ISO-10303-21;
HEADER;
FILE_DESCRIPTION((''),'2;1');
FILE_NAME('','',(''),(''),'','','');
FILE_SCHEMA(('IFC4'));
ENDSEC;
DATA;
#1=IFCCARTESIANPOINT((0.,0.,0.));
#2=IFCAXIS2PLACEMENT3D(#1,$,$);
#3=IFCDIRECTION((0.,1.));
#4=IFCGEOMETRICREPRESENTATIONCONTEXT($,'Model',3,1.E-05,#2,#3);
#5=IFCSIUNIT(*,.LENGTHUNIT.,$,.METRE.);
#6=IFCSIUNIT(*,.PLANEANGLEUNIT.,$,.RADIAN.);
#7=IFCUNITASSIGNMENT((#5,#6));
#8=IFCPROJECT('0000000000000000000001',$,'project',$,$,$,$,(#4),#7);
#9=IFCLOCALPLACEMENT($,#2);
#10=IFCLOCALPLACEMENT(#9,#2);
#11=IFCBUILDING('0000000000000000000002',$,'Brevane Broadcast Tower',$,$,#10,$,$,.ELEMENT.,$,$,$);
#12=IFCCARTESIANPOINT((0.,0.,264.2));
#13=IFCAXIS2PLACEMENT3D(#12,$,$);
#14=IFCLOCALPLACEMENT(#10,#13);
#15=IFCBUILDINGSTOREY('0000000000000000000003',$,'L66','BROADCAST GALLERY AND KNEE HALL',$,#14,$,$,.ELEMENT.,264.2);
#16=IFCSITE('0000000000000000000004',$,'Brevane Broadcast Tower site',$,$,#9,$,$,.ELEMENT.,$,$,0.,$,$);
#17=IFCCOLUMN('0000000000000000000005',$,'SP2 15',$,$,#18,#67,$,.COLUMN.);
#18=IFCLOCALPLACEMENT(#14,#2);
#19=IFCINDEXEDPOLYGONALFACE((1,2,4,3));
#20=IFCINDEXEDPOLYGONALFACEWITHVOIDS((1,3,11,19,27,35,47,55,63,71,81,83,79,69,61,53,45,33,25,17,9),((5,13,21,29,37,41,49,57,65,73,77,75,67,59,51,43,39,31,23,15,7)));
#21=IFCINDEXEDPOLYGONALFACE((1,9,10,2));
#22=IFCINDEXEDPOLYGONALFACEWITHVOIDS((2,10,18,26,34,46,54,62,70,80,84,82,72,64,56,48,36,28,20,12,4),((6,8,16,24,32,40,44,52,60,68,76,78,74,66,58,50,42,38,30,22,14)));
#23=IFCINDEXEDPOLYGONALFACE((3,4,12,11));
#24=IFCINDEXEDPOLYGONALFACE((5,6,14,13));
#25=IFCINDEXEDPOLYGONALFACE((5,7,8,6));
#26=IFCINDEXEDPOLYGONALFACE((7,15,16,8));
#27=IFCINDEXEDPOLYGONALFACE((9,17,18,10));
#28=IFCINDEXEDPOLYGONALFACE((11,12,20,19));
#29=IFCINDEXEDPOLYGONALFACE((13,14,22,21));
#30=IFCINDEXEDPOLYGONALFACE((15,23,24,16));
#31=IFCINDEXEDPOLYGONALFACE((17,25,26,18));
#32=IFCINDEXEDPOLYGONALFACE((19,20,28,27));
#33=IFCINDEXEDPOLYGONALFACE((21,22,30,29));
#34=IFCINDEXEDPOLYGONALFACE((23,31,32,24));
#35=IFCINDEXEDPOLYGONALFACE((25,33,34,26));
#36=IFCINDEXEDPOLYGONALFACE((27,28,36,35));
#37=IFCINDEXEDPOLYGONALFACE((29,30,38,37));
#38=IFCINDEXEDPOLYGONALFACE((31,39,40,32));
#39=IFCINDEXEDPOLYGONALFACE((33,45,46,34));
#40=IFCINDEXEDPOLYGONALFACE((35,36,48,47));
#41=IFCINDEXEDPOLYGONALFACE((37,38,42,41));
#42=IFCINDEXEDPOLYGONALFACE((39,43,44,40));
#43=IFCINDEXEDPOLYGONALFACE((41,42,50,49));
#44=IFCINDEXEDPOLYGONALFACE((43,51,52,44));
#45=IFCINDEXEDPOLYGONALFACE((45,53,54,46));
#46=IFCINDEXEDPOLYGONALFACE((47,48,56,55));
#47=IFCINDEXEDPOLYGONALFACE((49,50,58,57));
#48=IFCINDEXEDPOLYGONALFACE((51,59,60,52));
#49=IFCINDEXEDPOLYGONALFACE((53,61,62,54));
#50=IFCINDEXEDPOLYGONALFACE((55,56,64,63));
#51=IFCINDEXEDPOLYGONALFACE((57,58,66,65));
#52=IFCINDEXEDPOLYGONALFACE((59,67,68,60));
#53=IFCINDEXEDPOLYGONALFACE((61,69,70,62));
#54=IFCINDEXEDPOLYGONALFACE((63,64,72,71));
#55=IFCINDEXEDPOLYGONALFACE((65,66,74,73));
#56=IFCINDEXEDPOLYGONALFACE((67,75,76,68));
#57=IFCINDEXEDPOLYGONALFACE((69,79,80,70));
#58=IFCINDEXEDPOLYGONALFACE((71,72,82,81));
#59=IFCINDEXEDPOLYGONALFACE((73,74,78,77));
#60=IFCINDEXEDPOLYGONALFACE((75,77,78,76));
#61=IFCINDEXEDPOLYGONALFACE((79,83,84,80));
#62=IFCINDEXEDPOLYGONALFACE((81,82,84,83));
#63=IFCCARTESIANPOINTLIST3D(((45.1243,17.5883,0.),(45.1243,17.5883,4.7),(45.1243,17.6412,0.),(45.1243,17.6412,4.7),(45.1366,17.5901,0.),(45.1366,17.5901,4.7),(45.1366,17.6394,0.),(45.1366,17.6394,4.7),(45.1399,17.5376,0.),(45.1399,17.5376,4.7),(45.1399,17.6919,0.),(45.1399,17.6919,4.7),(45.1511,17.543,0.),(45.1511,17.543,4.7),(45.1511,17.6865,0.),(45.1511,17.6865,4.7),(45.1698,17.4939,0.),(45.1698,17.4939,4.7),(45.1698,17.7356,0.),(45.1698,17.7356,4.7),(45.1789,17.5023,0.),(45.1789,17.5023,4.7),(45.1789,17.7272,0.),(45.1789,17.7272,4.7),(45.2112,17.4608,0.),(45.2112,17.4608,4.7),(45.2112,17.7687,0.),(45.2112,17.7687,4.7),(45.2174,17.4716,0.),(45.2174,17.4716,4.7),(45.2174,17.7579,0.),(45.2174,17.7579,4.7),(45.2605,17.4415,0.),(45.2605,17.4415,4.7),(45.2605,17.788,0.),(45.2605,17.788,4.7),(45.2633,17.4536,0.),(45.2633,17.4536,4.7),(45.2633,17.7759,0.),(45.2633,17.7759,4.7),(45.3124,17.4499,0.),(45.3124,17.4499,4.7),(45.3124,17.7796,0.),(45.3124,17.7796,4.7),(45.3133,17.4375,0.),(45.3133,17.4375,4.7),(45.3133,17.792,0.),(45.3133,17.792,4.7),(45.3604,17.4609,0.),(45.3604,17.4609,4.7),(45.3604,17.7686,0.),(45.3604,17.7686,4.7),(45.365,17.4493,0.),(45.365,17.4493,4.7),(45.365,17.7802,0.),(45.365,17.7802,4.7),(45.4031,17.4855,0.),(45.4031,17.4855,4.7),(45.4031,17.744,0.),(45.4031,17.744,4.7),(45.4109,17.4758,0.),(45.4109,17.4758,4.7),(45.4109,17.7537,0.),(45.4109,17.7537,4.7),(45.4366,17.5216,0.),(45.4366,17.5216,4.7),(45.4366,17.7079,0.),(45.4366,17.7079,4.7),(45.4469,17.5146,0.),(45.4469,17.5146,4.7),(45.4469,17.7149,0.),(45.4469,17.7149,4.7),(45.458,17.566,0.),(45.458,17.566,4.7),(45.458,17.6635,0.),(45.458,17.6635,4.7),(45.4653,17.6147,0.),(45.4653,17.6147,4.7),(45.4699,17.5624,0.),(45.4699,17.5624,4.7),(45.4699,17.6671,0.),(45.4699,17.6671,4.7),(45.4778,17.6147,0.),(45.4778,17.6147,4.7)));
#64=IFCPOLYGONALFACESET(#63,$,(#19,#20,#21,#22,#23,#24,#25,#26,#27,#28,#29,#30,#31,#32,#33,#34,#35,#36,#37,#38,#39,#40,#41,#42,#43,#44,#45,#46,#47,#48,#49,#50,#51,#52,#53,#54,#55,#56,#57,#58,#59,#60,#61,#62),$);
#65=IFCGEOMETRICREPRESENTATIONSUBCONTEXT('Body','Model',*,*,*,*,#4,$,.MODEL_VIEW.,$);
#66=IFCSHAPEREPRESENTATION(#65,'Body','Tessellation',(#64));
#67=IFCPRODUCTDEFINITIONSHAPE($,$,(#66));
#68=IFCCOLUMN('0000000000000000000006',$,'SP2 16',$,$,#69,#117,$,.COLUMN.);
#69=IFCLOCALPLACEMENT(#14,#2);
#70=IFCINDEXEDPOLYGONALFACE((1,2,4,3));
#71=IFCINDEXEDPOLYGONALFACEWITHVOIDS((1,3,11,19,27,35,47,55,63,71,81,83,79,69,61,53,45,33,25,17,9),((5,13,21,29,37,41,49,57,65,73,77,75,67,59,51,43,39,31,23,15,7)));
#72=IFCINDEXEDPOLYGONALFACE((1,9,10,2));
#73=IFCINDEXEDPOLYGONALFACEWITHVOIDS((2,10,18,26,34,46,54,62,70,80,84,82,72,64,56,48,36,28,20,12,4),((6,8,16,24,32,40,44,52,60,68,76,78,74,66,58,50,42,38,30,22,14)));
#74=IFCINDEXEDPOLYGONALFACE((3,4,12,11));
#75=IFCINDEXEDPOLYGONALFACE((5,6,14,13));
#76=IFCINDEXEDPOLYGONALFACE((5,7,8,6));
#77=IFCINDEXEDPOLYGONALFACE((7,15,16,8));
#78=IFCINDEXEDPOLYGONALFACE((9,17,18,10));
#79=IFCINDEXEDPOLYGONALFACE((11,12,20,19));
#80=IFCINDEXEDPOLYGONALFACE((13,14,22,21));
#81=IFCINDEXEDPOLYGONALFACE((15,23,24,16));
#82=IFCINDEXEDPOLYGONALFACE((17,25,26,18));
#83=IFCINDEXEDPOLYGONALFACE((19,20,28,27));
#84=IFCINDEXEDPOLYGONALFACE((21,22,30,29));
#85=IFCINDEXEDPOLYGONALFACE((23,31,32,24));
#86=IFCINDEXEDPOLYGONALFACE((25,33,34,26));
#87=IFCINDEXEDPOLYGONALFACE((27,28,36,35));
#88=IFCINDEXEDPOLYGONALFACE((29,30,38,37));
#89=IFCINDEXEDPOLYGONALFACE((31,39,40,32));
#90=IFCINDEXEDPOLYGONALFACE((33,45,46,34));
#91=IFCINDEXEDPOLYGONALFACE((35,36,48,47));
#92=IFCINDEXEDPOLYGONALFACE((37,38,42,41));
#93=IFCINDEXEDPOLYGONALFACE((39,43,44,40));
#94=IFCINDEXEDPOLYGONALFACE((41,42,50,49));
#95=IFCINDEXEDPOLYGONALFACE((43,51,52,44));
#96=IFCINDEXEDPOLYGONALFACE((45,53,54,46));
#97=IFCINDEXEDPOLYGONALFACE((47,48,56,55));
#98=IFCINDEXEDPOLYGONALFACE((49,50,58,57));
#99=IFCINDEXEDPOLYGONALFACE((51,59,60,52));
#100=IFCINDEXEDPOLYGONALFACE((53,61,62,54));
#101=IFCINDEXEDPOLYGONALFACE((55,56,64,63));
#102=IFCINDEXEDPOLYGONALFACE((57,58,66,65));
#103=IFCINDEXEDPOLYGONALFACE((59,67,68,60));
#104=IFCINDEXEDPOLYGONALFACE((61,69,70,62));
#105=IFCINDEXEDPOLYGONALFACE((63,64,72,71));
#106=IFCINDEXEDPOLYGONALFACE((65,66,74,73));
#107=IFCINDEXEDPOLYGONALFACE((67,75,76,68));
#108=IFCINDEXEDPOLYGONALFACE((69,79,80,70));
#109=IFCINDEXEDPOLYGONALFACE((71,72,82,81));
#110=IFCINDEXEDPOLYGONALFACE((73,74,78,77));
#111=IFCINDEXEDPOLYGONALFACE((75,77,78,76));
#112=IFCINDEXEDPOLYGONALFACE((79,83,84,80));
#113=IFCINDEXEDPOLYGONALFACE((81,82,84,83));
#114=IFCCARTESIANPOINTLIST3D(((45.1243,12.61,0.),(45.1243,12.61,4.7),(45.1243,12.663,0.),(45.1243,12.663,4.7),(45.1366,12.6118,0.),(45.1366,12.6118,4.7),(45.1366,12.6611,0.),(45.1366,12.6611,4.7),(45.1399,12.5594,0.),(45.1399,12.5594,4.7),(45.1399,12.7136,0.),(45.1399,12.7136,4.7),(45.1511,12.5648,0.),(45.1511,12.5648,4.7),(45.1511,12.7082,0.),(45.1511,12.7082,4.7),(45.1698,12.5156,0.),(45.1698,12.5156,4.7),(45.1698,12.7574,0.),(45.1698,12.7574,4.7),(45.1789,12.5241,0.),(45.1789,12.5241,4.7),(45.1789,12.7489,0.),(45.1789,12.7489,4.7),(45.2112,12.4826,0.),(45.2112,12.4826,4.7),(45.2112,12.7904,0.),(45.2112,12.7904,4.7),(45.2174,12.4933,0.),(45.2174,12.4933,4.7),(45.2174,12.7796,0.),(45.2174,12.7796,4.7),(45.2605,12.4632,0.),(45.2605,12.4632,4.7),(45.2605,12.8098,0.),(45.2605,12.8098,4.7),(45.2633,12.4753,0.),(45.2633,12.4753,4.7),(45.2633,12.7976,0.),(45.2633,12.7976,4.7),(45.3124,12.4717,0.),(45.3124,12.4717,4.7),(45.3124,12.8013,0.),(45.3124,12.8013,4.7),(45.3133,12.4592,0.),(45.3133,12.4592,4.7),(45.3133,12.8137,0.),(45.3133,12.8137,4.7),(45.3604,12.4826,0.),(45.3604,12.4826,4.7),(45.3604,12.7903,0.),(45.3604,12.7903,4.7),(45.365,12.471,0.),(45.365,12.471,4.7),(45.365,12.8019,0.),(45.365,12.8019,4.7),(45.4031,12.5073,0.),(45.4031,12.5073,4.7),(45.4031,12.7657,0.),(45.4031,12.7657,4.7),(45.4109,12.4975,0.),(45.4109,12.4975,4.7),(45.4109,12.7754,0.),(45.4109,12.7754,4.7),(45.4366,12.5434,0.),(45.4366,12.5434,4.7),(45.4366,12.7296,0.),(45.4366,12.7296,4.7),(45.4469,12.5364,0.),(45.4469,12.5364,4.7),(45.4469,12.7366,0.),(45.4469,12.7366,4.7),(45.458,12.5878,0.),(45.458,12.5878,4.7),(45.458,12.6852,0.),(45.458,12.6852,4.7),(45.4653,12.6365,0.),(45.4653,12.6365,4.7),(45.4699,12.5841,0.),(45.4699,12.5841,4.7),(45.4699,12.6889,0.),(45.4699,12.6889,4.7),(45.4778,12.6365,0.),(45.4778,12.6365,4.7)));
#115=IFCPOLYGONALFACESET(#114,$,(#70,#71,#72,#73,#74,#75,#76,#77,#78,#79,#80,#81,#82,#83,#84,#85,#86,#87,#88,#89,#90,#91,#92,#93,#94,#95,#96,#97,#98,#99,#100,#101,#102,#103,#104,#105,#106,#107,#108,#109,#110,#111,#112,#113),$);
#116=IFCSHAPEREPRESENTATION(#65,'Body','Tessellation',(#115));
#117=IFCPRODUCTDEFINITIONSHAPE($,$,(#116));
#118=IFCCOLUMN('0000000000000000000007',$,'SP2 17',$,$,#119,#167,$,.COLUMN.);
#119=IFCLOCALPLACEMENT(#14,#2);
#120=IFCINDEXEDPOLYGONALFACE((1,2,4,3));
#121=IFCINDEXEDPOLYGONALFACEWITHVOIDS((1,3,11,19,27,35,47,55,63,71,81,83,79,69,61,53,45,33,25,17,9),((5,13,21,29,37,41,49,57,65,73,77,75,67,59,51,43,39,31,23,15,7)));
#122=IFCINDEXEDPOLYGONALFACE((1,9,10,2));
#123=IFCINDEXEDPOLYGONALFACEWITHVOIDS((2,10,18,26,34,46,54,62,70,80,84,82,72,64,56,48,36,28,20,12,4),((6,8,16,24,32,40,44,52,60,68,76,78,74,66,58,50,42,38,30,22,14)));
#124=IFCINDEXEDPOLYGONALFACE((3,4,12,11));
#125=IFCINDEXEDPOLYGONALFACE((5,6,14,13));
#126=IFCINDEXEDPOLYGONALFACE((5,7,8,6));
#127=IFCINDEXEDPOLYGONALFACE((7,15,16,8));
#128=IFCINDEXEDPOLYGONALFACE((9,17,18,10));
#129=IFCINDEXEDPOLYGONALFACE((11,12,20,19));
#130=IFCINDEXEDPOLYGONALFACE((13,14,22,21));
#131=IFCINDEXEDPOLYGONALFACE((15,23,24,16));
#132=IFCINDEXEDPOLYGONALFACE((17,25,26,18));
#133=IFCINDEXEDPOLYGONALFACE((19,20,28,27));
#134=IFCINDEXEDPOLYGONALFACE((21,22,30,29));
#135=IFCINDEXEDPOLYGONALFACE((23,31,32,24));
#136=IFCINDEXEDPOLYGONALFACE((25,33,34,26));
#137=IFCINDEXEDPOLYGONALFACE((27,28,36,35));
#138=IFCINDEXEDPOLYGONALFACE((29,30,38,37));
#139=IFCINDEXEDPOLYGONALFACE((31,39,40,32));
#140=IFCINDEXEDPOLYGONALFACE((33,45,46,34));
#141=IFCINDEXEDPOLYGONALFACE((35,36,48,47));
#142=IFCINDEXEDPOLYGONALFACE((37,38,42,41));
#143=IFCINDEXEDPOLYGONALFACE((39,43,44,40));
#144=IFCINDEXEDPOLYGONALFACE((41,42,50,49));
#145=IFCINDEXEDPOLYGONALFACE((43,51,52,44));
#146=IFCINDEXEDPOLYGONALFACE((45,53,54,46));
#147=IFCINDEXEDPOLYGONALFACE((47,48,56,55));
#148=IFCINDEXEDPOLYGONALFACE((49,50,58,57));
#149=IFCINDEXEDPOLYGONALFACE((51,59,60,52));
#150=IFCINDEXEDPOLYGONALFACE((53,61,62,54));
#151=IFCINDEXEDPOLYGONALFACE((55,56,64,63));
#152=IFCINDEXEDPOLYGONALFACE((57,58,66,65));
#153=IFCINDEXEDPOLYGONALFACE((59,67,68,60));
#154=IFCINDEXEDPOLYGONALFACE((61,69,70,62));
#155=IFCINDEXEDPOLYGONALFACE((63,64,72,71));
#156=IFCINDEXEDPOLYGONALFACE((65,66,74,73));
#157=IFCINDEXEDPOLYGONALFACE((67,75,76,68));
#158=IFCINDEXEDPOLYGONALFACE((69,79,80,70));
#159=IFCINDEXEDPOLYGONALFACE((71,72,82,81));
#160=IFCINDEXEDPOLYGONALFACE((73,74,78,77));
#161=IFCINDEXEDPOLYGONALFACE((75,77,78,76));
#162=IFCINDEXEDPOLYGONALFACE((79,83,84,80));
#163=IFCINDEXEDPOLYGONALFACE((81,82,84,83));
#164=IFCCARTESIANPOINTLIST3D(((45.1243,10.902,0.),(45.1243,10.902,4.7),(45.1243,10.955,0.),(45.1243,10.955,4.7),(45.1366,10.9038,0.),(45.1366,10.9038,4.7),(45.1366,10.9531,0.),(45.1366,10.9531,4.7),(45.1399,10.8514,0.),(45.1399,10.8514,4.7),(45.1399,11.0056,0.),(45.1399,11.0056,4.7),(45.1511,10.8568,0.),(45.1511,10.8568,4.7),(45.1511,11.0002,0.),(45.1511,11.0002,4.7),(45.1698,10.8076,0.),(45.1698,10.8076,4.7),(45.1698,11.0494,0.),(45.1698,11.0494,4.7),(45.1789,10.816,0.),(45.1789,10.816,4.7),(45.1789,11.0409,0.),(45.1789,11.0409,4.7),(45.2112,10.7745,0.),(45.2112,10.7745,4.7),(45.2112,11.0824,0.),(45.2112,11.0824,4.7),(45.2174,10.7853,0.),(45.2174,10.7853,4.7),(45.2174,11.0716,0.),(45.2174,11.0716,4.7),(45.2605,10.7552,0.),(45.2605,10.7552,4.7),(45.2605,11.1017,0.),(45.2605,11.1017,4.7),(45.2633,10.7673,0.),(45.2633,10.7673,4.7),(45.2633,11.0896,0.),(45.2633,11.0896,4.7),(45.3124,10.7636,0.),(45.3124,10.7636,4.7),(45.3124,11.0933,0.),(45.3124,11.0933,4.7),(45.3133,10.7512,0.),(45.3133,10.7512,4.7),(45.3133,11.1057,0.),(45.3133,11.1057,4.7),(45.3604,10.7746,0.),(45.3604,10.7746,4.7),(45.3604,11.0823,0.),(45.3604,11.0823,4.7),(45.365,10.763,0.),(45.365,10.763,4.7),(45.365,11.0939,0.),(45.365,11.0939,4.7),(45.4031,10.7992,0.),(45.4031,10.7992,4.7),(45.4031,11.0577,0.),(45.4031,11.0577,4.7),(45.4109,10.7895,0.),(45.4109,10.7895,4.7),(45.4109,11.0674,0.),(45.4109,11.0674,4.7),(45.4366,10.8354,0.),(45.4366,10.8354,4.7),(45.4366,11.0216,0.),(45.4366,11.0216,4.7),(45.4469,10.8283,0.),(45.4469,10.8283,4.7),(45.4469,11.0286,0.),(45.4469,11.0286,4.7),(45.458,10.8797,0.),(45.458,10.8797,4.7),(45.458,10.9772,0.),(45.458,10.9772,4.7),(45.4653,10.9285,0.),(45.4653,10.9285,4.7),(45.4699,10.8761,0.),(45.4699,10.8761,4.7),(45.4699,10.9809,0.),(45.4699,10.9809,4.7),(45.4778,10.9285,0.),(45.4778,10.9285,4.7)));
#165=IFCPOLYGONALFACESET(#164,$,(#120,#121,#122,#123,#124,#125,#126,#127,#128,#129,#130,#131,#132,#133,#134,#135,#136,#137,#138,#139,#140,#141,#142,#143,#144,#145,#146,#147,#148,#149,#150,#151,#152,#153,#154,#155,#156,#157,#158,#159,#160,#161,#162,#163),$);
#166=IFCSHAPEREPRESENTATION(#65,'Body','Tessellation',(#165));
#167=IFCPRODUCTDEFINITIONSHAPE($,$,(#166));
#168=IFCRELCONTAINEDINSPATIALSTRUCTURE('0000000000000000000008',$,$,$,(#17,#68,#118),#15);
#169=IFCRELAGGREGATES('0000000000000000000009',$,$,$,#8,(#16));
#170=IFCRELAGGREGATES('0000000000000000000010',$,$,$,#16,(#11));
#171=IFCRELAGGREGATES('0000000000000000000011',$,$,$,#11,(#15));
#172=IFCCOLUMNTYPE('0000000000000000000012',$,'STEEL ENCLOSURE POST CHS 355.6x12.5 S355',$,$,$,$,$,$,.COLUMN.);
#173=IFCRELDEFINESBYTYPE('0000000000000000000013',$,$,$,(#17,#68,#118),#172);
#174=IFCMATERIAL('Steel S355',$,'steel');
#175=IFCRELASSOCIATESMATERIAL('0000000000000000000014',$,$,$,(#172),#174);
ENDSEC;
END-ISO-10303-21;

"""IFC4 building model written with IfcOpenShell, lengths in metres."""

from ifc_helpers import new_model, si_unit, direction, frame, origin, origin_2d, place, context, subcontext, project, spatial, hollow_circle, extrude, material, material_profile, profile_set, type_object, element, save


model = new_model("IFC4")

# Units and contexts
model_context = context("Model", 3, precision=1e-05, world=origin(), true_north=direction((0.0, 1.0)))
body_context = subcontext(model_context, "Body", "Model", "MODEL_VIEW")
ifc_project = project(units=[si_unit("LENGTHUNIT", "METRE"), si_unit("PLANEANGLEUNIT", "RADIAN")], contexts=[model_context])

# Site, building, storey
site_placement = place(None, origin())
site = spatial("IfcSite", under=ifc_project, at=site_placement, Name="Brevane Broadcast Tower site", CompositionType="ELEMENT", RefElevation=0.0)
building_placement = place(site_placement, origin())
building = spatial("IfcBuilding", under=site, at=building_placement, Name="Brevane Broadcast Tower", CompositionType="ELEMENT")
storey_placement = place(building_placement, frame((0.0, 0.0, 264.2)))
storey = spatial("IfcBuildingStorey", under=building, at=storey_placement, Name="L66", Description="BROADCAST GALLERY AND KNEE HALL", CompositionType="ELEMENT", Elevation=264.2)

# Columns
ifc_material_1 = material(Name="Steel S355", Category="steel")
ifc_material_profile_1 = material_profile(ifc_material_1, hollow_circle(Radius=0.1777, WallThickness=0.0125, at=origin_2d()), Name="CHS 355.6x12.5")
ifc_profile_set_1 = profile_set([ifc_material_profile_1], Name="Steel S355")
column_type = type_object("IfcColumnType", Name="STEEL ENCLOSURE POST CHS 355.6x12.5 S355", PredefinedType="COLUMN", material=ifc_profile_set_1)
for number, where, z_axis, x_axis, name in (
    (1, (45.3, 17.6147, 0.0), (0.0, 0.0, 1.0), (1.0, 0.0, 0.0), "SP2 15"),
    (2, (45.3, 12.6365, 0.0), (0.0, 0.0, 1.0), (1.0, 0.0, 0.0), "SP2 16"),
    (3, (45.3, 10.9285, 0.0), (0.0, 0.0, 1.0), (1.0, 0.0, 0.0), "SP2 17"),
):
    element("IfcColumn", number, at=place(storey_placement, frame(where, z_axis=z_axis, x_axis=x_axis)), inside=storey, type_object=column_type, Name=name, PredefinedType="COLUMN", context=body_context, shape_type="SweptSolid", body=[
        extrude(hollow_circle(Radius=0.1777, WallThickness=0.0125, at=origin_2d()), origin(), (0.0, 0.0, 1.0), 4.7),
    ])

save(model, "model.ifc")
